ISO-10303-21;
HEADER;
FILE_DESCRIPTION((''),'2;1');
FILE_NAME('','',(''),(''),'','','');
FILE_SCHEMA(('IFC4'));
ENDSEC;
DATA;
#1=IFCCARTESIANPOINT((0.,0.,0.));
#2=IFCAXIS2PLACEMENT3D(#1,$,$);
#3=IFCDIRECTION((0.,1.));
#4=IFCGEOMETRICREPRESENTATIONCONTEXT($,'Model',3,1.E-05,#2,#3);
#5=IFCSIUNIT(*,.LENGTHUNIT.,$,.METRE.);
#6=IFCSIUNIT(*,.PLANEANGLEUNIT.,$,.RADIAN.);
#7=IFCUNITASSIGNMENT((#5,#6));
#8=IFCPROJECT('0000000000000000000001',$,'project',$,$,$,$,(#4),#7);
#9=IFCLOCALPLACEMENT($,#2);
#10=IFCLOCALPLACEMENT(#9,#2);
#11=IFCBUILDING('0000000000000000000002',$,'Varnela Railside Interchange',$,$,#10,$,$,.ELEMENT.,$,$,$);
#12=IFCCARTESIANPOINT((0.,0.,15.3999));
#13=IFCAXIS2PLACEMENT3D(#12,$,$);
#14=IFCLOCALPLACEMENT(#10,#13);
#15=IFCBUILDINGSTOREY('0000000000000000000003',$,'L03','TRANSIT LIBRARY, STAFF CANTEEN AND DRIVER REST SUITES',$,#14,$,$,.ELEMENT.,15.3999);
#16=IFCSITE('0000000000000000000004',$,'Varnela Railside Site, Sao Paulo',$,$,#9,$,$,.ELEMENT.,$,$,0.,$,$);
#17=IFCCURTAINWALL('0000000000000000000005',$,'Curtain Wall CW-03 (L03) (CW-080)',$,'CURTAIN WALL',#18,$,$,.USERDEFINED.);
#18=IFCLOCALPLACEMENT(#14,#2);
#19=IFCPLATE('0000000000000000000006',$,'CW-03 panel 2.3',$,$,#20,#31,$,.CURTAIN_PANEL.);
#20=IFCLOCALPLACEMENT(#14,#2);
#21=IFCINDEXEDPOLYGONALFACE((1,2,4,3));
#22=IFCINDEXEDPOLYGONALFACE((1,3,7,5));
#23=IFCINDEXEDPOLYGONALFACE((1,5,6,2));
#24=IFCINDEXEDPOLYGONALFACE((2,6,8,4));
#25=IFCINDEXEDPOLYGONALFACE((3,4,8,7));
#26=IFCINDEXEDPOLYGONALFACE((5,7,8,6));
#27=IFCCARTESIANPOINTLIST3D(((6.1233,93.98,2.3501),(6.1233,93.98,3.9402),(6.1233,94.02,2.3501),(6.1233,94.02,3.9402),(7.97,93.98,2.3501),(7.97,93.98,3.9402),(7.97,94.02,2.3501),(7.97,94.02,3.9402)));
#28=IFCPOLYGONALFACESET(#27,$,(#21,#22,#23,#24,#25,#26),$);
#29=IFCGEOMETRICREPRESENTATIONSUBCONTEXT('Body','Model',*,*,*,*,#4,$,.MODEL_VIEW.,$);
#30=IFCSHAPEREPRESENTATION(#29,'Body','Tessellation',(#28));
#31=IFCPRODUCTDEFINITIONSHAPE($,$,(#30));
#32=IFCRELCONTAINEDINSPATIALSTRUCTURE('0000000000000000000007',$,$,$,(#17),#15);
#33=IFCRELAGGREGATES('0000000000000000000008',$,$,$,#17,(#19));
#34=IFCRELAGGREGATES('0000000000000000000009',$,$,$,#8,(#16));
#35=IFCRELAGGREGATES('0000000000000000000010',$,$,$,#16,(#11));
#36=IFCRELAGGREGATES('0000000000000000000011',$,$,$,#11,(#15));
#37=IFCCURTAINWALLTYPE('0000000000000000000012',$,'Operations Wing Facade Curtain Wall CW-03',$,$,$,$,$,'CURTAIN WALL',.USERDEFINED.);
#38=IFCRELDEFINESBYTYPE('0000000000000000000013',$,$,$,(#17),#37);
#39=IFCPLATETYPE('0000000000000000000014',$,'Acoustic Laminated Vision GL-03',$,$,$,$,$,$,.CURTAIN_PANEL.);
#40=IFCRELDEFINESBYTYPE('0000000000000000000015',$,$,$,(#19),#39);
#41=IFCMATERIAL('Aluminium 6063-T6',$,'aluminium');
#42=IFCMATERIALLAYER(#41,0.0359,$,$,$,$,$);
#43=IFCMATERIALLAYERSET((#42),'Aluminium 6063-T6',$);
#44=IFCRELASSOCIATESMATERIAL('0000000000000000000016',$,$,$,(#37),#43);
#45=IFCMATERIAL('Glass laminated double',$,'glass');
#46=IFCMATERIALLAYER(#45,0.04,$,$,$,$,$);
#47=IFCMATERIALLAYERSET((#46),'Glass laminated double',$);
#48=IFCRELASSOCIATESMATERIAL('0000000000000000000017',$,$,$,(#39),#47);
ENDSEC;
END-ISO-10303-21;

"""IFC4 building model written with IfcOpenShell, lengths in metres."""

from ifc_helpers import new_model, si_unit, direction, frame, origin, origin_2d, place, context, subcontext, project, spatial, rectangle, extrude, material, layer, layer_set, type_object, element, aggregate, save


model = new_model("IFC4")

# Units and contexts
model_context = context("Model", 3, precision=1e-05, world=origin(), true_north=direction((0.0, 1.0)))
body_context = subcontext(model_context, "Body", "Model", "MODEL_VIEW")
ifc_project = project(units=[si_unit("LENGTHUNIT", "METRE"), si_unit("PLANEANGLEUNIT", "RADIAN")], contexts=[model_context])

# Site, building, storey
site_placement = place(None, origin())
site = spatial("IfcSite", under=ifc_project, at=site_placement, Name="Varnela Railside Site, Sao Paulo", CompositionType="ELEMENT", RefElevation=0.0)
building_placement = place(site_placement, origin())
building = spatial("IfcBuilding", under=site, at=building_placement, Name="Varnela Railside Interchange", CompositionType="ELEMENT")
storey_placement = place(building_placement, frame((0.0, 0.0, 15.3999)))
storey = spatial("IfcBuildingStorey", under=building, at=storey_placement, Name="L03", Description="TRANSIT LIBRARY, STAFF CANTEEN AND DRIVER REST SUITES", CompositionType="ELEMENT", Elevation=15.3999)

# Curtain wall
ifc_material_1 = material(Name="Aluminium 6063-T6", Category="aluminium")
ifc_layer_1 = layer(ifc_material_1, 0.0359)
ifc_layer_set_1 = layer_set([ifc_layer_1], Name="Aluminium 6063-T6")
curtain_wall_type = type_object("IfcCurtainWallType", Name="Operations Wing Facade Curtain Wall CW-03", ElementType="CURTAIN WALL", PredefinedType="USERDEFINED", material=ifc_layer_set_1)
curtain_wall_placement = place(storey_placement, origin())
curtain_wall = element("IfcCurtainWall", 1, at=curtain_wall_placement, inside=storey, type_object=curtain_wall_type, Name="Curtain Wall CW-03 (L03) (CW-080)", ObjectType="CURTAIN WALL", PredefinedType="USERDEFINED")

# Plate
ifc_material_2 = material(Name="Glass laminated double", Category="glass")
ifc_layer_2 = layer(ifc_material_2, 0.04)
ifc_layer_set_2 = layer_set([ifc_layer_2], Name="Glass laminated double")
plate_type = type_object("IfcPlateType", Name="Acoustic Laminated Vision GL-03", PredefinedType="CURTAIN_PANEL", material=ifc_layer_set_2)
plate_1_placement = place(storey_placement, frame((7.0466, 94.0, 2.3501), z_axis=(0.0, 0.0, 1.0), x_axis=(1.0, 0.0, 0.0)))
plate_1 = element("IfcPlate", 2, at=plate_1_placement, type_object=plate_type, Name="CW-03 panel 2.3", PredefinedType="CURTAIN_PANEL", context=body_context, shape_type="SweptSolid", body=[
    extrude(rectangle(XDim=1.8467, YDim=0.04, at=origin_2d()), origin(), (0.0, 0.0, 1.0), 1.5901),
])
aggregate(curtain_wall, [plate_1])

save(model, "model.ifc")
